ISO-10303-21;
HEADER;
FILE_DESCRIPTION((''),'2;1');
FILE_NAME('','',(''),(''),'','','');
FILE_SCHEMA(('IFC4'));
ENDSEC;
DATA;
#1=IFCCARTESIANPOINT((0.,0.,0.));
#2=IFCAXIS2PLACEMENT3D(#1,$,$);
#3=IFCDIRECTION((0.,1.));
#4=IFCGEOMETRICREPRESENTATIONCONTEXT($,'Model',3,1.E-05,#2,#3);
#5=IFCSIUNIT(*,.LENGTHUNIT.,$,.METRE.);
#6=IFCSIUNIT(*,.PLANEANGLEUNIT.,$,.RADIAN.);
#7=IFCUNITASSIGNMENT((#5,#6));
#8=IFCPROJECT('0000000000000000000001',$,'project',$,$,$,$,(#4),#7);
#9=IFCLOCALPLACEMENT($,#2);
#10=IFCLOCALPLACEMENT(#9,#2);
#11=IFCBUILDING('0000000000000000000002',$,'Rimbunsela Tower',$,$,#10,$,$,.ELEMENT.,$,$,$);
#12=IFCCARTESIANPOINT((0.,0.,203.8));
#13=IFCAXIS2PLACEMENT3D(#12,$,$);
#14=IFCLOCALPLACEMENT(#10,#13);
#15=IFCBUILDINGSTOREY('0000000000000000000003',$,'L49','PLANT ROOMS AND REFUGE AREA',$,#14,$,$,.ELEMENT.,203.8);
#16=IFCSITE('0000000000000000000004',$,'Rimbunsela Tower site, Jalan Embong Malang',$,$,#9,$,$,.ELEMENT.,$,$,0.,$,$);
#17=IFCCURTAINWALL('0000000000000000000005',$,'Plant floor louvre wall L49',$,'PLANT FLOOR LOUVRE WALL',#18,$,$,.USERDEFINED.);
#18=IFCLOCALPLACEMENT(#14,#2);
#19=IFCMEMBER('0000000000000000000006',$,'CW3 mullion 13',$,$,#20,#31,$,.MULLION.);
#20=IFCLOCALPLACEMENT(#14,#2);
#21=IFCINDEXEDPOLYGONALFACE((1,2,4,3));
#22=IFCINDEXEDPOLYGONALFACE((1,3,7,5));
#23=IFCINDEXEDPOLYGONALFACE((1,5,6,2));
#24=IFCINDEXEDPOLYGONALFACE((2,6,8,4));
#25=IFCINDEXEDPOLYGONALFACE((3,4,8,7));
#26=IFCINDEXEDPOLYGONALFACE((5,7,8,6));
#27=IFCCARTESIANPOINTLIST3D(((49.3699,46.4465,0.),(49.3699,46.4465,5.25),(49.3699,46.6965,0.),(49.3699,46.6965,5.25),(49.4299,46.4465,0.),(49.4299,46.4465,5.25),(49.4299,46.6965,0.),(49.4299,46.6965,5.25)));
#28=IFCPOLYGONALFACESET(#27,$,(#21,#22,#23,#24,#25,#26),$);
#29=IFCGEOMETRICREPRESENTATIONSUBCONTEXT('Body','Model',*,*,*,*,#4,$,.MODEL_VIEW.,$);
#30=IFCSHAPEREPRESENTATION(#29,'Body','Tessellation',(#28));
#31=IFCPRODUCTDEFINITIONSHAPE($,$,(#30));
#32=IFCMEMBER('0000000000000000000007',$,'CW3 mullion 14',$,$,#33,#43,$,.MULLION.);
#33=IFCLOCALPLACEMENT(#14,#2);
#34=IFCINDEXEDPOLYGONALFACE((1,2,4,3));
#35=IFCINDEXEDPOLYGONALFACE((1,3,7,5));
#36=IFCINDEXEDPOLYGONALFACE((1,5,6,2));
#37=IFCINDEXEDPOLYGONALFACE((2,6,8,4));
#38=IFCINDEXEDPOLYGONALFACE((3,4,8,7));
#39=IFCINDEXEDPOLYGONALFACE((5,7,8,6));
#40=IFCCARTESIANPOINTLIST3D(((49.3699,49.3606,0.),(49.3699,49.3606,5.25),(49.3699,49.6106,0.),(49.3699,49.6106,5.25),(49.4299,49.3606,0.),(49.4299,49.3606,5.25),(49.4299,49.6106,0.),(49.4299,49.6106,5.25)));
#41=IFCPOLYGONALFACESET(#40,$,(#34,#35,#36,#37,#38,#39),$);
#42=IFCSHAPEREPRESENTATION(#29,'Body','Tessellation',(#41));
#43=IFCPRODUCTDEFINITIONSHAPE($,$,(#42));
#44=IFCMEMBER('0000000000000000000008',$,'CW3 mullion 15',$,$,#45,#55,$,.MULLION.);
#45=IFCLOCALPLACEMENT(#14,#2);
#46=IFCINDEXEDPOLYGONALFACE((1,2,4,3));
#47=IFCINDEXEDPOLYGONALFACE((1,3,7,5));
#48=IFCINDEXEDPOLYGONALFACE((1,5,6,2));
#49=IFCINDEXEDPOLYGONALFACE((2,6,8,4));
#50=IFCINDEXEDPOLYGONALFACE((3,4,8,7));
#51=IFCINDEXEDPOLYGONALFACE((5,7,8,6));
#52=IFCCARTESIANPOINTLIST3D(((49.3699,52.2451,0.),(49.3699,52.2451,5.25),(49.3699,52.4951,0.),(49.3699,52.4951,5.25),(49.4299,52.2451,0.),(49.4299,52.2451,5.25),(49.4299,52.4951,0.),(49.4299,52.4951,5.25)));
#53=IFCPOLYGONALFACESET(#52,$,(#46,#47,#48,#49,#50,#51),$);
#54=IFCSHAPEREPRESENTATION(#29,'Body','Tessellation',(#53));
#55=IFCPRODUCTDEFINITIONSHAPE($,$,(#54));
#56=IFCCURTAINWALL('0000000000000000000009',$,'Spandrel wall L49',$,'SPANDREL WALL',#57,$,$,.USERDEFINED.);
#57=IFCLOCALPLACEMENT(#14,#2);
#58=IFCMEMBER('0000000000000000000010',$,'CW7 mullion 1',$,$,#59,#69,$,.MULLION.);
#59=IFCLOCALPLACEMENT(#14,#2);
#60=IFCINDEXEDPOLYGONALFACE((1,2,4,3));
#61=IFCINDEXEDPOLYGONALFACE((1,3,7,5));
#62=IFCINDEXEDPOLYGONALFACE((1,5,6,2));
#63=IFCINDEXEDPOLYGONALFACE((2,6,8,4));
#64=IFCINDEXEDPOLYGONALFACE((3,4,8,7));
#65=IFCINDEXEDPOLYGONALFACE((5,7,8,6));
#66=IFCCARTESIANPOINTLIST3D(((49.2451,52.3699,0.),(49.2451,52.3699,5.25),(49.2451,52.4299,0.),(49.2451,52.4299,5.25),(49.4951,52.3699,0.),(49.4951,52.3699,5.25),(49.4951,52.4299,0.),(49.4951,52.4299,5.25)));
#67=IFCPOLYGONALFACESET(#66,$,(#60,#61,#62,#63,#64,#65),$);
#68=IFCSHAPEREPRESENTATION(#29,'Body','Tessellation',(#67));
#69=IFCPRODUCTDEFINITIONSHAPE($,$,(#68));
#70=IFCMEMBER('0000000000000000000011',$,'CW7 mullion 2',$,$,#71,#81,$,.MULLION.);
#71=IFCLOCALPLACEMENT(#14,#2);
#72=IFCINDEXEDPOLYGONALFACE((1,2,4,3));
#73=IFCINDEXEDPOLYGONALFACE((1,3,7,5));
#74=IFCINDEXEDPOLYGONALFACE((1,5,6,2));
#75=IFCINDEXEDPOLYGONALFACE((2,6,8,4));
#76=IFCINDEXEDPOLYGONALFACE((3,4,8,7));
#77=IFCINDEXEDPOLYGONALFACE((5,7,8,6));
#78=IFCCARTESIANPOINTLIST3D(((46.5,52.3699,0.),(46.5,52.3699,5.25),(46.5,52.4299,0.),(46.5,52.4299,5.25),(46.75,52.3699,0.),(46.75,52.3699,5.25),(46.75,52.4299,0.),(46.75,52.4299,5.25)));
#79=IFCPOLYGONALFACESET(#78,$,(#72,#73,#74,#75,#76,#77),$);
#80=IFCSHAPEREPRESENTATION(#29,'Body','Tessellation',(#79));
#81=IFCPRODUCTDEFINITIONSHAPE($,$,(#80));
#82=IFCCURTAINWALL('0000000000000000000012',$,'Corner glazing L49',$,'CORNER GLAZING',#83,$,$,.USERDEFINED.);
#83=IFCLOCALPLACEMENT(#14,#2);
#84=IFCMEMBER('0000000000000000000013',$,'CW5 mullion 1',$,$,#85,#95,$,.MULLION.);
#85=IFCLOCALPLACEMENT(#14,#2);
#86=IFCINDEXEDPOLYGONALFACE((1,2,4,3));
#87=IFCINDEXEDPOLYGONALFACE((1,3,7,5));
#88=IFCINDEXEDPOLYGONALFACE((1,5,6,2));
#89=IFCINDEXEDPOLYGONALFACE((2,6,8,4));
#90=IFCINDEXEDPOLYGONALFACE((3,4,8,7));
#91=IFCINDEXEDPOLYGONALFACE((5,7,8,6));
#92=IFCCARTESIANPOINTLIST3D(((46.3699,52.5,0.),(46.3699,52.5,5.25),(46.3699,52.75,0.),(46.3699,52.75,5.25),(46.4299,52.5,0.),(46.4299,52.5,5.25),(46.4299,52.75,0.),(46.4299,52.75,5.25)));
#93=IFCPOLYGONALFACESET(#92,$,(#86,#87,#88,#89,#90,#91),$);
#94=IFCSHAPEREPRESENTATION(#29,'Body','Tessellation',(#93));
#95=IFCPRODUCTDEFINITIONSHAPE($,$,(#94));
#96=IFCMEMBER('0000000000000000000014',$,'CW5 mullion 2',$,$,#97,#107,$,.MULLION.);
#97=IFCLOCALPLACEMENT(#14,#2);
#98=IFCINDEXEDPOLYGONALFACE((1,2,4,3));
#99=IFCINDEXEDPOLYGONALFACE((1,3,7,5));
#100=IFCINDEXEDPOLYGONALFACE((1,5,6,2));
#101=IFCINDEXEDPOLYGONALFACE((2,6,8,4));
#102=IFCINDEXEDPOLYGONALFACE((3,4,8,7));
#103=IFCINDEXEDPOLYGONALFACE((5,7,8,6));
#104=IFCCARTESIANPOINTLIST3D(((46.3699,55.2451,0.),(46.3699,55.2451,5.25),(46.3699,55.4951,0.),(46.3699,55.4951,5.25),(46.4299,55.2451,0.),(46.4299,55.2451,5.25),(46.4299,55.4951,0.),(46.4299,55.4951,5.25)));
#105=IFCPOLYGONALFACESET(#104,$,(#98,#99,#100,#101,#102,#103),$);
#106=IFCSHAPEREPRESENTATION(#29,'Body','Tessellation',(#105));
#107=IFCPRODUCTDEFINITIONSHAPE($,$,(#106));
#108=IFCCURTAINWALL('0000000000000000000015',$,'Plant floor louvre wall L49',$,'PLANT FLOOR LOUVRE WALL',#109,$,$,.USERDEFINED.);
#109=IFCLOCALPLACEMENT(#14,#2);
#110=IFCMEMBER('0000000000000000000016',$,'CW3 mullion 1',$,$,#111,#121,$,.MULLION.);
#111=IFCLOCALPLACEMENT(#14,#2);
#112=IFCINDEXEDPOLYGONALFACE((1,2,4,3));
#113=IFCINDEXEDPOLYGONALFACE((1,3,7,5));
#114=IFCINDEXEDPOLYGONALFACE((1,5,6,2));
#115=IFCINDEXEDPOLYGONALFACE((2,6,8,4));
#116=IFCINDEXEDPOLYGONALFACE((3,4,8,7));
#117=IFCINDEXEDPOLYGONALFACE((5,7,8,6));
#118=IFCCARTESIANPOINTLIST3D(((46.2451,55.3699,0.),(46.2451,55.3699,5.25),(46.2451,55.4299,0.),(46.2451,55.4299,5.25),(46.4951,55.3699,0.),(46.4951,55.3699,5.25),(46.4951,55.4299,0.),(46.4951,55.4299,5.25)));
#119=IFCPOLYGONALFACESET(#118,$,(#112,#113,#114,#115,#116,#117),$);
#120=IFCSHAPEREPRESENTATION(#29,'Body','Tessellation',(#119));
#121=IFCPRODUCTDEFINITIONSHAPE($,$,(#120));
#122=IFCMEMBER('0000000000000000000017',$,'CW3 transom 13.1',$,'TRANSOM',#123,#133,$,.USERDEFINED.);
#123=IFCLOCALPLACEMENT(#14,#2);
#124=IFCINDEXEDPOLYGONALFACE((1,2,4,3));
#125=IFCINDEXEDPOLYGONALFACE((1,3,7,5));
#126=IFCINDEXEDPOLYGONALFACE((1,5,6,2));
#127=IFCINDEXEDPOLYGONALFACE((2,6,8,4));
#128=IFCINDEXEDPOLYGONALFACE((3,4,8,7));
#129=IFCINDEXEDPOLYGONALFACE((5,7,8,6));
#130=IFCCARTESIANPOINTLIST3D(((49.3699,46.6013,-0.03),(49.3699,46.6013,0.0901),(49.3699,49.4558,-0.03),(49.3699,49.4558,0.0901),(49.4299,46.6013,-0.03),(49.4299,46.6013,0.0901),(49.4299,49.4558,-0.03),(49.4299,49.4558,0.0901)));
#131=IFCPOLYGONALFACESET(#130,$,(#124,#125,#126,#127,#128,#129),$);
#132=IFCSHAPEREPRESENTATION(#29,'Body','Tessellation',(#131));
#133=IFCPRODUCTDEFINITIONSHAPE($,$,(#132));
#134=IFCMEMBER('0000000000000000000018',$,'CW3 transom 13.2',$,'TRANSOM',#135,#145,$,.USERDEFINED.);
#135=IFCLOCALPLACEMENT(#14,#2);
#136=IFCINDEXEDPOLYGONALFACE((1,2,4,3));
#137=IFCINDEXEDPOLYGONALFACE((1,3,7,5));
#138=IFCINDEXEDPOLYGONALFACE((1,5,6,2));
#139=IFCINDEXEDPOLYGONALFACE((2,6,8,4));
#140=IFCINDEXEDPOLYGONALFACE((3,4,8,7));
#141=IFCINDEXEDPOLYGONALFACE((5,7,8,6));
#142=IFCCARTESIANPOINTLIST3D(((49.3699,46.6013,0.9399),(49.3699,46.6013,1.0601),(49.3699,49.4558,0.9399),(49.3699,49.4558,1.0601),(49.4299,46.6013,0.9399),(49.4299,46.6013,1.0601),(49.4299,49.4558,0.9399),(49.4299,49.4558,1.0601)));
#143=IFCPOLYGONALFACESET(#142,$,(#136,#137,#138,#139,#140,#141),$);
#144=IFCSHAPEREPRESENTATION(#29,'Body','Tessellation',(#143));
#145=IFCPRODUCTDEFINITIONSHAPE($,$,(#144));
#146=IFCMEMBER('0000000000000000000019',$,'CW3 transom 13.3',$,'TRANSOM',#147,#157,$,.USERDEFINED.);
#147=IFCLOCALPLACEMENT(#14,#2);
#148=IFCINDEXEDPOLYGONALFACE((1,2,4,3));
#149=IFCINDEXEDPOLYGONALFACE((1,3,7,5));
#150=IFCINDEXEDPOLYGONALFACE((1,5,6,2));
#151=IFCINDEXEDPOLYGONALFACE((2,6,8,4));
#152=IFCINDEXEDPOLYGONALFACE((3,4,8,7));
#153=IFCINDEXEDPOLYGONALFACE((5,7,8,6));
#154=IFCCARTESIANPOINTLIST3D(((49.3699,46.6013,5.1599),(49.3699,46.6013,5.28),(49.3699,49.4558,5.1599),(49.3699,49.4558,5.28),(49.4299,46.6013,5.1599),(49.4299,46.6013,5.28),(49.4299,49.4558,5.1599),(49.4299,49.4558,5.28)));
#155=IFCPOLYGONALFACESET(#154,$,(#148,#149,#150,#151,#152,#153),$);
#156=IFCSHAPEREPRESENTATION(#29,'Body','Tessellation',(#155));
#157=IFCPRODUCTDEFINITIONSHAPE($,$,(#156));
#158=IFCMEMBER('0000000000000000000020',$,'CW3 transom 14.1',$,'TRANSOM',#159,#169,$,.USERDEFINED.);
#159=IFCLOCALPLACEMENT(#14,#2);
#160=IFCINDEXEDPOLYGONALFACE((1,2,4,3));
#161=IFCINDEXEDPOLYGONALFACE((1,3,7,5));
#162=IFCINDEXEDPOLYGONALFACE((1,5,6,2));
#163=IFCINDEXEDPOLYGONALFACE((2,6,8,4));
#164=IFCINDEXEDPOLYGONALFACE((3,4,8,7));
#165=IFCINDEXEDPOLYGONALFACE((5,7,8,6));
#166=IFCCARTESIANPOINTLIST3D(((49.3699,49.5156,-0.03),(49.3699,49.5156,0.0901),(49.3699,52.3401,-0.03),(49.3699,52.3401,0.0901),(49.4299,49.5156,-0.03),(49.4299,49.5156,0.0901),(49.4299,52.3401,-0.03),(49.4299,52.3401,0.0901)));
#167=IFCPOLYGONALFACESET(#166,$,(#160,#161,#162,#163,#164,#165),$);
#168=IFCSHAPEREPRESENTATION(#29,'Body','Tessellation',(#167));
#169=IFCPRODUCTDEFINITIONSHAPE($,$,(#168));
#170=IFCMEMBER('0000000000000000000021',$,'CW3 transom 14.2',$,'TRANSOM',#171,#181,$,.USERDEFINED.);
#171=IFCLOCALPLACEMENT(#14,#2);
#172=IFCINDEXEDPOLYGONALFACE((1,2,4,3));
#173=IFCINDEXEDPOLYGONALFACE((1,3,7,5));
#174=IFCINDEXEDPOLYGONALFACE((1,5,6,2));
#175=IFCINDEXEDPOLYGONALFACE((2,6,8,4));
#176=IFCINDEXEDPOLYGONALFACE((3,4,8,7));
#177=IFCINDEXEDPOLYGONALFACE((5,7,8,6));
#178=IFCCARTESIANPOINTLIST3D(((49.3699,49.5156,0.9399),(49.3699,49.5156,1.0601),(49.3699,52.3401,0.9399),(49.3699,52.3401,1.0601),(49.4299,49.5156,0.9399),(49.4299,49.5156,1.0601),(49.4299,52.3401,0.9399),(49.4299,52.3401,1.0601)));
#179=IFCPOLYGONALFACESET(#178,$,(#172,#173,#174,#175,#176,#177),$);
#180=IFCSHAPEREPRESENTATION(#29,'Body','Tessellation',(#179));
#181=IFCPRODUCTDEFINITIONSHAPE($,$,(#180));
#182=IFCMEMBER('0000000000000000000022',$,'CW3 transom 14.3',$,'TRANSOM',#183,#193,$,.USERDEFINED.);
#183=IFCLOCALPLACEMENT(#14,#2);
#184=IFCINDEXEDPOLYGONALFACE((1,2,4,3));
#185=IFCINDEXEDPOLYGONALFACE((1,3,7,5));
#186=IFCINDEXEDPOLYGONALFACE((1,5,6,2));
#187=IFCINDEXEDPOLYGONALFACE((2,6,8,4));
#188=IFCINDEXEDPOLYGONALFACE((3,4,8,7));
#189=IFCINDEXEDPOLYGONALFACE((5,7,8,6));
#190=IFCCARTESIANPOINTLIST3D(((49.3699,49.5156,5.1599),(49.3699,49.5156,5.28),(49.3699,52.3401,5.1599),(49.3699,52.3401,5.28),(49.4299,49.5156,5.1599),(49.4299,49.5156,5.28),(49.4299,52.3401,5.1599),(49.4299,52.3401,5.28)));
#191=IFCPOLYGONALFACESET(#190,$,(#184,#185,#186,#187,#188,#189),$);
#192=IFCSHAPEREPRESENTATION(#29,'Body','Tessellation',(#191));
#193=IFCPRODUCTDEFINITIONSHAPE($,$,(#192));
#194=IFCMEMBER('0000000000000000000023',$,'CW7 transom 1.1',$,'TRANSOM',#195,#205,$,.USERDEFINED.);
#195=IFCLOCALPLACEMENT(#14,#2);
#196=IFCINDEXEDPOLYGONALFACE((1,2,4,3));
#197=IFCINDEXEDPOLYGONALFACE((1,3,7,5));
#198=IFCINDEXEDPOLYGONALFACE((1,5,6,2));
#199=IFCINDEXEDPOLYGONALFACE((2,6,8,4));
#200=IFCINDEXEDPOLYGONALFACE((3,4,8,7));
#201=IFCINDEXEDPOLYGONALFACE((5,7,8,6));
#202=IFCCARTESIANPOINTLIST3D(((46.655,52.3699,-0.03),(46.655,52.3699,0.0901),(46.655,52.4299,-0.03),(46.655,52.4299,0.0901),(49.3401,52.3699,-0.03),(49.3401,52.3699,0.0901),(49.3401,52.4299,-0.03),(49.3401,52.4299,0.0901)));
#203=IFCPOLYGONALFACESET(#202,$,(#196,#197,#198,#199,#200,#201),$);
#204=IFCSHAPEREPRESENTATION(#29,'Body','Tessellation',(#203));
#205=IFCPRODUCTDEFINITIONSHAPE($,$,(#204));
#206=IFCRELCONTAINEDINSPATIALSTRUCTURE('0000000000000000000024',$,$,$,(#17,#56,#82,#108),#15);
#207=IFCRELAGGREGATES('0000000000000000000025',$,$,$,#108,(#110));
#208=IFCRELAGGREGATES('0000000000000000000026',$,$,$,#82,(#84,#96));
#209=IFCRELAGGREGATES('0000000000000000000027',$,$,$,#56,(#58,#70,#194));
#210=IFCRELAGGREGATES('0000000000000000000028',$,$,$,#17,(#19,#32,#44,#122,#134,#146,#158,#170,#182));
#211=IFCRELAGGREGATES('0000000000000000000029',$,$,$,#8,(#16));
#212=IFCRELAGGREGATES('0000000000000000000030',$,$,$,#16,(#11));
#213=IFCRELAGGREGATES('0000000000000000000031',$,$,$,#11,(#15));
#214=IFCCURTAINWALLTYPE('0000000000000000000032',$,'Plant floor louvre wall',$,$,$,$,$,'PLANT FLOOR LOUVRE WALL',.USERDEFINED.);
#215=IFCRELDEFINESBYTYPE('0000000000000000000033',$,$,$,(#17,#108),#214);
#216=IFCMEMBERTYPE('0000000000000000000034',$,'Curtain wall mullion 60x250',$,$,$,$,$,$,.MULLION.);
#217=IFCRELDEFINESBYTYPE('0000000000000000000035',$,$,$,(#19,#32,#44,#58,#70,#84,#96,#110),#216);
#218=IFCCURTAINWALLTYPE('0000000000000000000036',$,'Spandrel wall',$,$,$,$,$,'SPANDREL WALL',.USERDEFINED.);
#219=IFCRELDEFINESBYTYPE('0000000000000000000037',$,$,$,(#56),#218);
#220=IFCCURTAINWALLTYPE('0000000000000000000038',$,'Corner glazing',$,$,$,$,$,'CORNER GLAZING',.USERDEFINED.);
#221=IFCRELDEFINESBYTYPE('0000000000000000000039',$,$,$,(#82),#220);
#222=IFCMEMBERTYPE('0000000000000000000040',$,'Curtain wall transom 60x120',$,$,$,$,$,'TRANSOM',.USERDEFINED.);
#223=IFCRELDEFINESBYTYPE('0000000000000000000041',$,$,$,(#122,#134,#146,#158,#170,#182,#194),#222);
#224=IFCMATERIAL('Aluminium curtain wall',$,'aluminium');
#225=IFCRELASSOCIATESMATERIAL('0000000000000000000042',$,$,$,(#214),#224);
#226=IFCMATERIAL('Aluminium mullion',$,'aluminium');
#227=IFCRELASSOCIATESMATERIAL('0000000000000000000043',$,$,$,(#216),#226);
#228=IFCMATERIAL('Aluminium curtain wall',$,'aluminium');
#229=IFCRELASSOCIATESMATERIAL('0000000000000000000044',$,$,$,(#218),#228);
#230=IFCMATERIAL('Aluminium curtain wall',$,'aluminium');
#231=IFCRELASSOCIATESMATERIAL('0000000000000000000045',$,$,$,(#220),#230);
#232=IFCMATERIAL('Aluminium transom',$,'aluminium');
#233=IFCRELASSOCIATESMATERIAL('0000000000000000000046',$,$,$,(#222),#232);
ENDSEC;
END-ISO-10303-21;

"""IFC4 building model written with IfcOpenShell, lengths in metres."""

from ifc_helpers import new_model, si_unit, direction, frame, origin, origin_2d, place, context, subcontext, project, spatial, rectangle, extrude, material, material_profile, profile_set, type_object, element, aggregate, save


model = new_model("IFC4")

# Units and contexts
model_context = context("Model", 3, precision=1e-05, world=origin(), true_north=direction((0.0, 1.0)))
body_context = subcontext(model_context, "Body", "Model", "MODEL_VIEW")
ifc_project = project(units=[si_unit("LENGTHUNIT", "METRE"), si_unit("PLANEANGLEUNIT", "RADIAN")], contexts=[model_context])

# Site, building, storey
site_placement = place(None, origin())
site = spatial("IfcSite", under=ifc_project, at=site_placement, Name="Rimbunsela Tower site, Jalan Embong Malang", CompositionType="ELEMENT", RefElevation=0.0)
building_placement = place(site_placement, origin())
building = spatial("IfcBuilding", under=site, at=building_placement, Name="Rimbunsela Tower", CompositionType="ELEMENT")
storey_placement = place(building_placement, frame((0.0, 0.0, 203.8)))
storey = spatial("IfcBuildingStorey", under=building, at=storey_placement, Name="L49", Description="PLANT ROOMS AND REFUGE AREA", CompositionType="ELEMENT", Elevation=203.8)

# Curtain walls, members
ifc_material_1 = material(Name="Aluminium curtain wall", Category="aluminium")
curtain_wall_type_1 = type_object("IfcCurtainWallType", Name="Plant floor louvre wall", ElementType="PLANT FLOOR LOUVRE WALL", PredefinedType="USERDEFINED", material=ifc_material_1)
curtain_wall_1_placement = place(storey_placement, origin())
curtain_wall_1 = element("IfcCurtainWall", 1, at=curtain_wall_1_placement, inside=storey, type_object=curtain_wall_type_1, Name="Plant floor louvre wall L49", ObjectType="PLANT FLOOR LOUVRE WALL", PredefinedType="USERDEFINED")
ifc_material_2 = material(Name="Aluminium mullion", Category="aluminium")
ifc_material_profile_1 = material_profile(ifc_material_2, rectangle(XDim=0.0601, YDim=0.25, at=origin_2d()), Name="Mullion 60x250")
ifc_profile_set_1 = profile_set([ifc_material_profile_1], Name="Aluminium mullion")
member_type_1 = type_object("IfcMemberType", Name="Curtain wall mullion 60x250", PredefinedType="MULLION", material=ifc_profile_set_1)
member_1_placement = place(storey_placement, frame((49.3999, 46.5715, 0.0), z_axis=(0.0, 0.0, 1.0), x_axis=(-1.0, 0.0, 0.0)))
member_1 = element("IfcMember", 2, at=member_1_placement, type_object=member_type_1, Name="CW3 mullion 13", PredefinedType="MULLION", context=body_context, shape_type="SweptSolid", body=[
    extrude(rectangle(XDim=0.0601, YDim=0.25, at=origin_2d()), origin(), (0.0, 0.0, 1.0), 5.25),
])
member_2_placement = place(storey_placement, frame((49.3999, 49.4856, 0.0), z_axis=(0.0, 0.0, 1.0), x_axis=(-1.0, 0.0, 0.0)))
member_2 = element("IfcMember", 3, at=member_2_placement, type_object=member_type_1, Name="CW3 mullion 14", PredefinedType="MULLION", context=body_context, shape_type="SweptSolid", body=[
    extrude(rectangle(XDim=0.0601, YDim=0.25, at=origin_2d()), origin(), (0.0, 0.0, 1.0), 5.25),
])
member_3_placement = place(storey_placement, frame((49.3999, 52.3701, 0.0), z_axis=(0.0, 0.0, 1.0), x_axis=(-1.0, 0.0, 0.0)))
member_3 = element("IfcMember", 4, at=member_3_placement, type_object=member_type_1, Name="CW3 mullion 15", PredefinedType="MULLION", context=body_context, shape_type="SweptSolid", body=[
    extrude(rectangle(XDim=0.0601, YDim=0.25, at=origin_2d()), origin(), (0.0, 0.0, 1.0), 5.25),
])
ifc_material_3 = material(Name="Aluminium curtain wall", Category="aluminium")
curtain_wall_type_2 = type_object("IfcCurtainWallType", Name="Spandrel wall", ElementType="SPANDREL WALL", PredefinedType="USERDEFINED", material=ifc_material_3)
curtain_wall_2_placement = place(storey_placement, origin())
curtain_wall_2 = element("IfcCurtainWall", 5, at=curtain_wall_2_placement, inside=storey, type_object=curtain_wall_type_2, Name="Spandrel wall L49", ObjectType="SPANDREL WALL", PredefinedType="USERDEFINED")
member_4_placement = place(storey_placement, frame((49.3701, 52.3999, 0.0), z_axis=(0.0, 0.0, 1.0), x_axis=(0.0, -1.0, 0.0)))
member_4 = element("IfcMember", 6, at=member_4_placement, type_object=member_type_1, Name="CW7 mullion 1", PredefinedType="MULLION", context=body_context, shape_type="SweptSolid", body=[
    extrude(rectangle(XDim=0.0601, YDim=0.25, at=origin_2d()), origin(), (0.0, 0.0, 1.0), 5.25),
])
member_5_placement = place(storey_placement, frame((46.625, 52.3999, 0.0), z_axis=(0.0, 0.0, 1.0), x_axis=(0.0, -1.0, 0.0)))
member_5 = element("IfcMember", 7, at=member_5_placement, type_object=member_type_1, Name="CW7 mullion 2", PredefinedType="MULLION", context=body_context, shape_type="SweptSolid", body=[
    extrude(rectangle(XDim=0.0601, YDim=0.25, at=origin_2d()), origin(), (0.0, 0.0, 1.0), 5.25),
])
ifc_material_4 = material(Name="Aluminium curtain wall", Category="aluminium")
curtain_wall_type_3 = type_object("IfcCurtainWallType", Name="Corner glazing", ElementType="CORNER GLAZING", PredefinedType="USERDEFINED", material=ifc_material_4)
curtain_wall_3_placement = place(storey_placement, origin())
curtain_wall_3 = element("IfcCurtainWall", 8, at=curtain_wall_3_placement, inside=storey, type_object=curtain_wall_type_3, Name="Corner glazing L49", ObjectType="CORNER GLAZING", PredefinedType="USERDEFINED")
member_6_placement = place(storey_placement, frame((46.3999, 52.625, 0.0), z_axis=(0.0, 0.0, 1.0), x_axis=(-1.0, 0.0, 0.0)))
member_6 = element("IfcMember", 9, at=member_6_placement, type_object=member_type_1, Name="CW5 mullion 1", PredefinedType="MULLION", context=body_context, shape_type="SweptSolid", body=[
    extrude(rectangle(XDim=0.0601, YDim=0.25, at=origin_2d()), origin(), (0.0, 0.0, 1.0), 5.25),
])
member_7_placement = place(storey_placement, frame((46.3999, 55.3701, 0.0), z_axis=(0.0, 0.0, 1.0), x_axis=(-1.0, 0.0, 0.0)))
member_7 = element("IfcMember", 10, at=member_7_placement, type_object=member_type_1, Name="CW5 mullion 2", PredefinedType="MULLION", context=body_context, shape_type="SweptSolid", body=[
    extrude(rectangle(XDim=0.0601, YDim=0.25, at=origin_2d()), origin(), (0.0, 0.0, 1.0), 5.25),
])

# Curtain wall, member
curtain_wall_4_placement = place(storey_placement, origin())
curtain_wall_4 = element("IfcCurtainWall", 11, at=curtain_wall_4_placement, inside=storey, type_object=curtain_wall_type_1, Name="Plant floor louvre wall L49", ObjectType="PLANT FLOOR LOUVRE WALL", PredefinedType="USERDEFINED")
member_8_placement = place(storey_placement, frame((46.3701, 55.3999, 0.0), z_axis=(0.0, 0.0, 1.0), x_axis=(0.0, -1.0, 0.0)))
member_8 = element("IfcMember", 12, at=member_8_placement, type_object=member_type_1, Name="CW3 mullion 1", PredefinedType="MULLION", context=body_context, shape_type="SweptSolid", body=[
    extrude(rectangle(XDim=0.0601, YDim=0.25, at=origin_2d()), origin(), (0.0, 0.0, 1.0), 5.25),
])

# Members
ifc_material_5 = material(Name="Aluminium transom", Category="aluminium")
ifc_material_profile_2 = material_profile(ifc_material_5, rectangle(XDim=0.0601, YDim=0.1201, at=origin_2d()), Name="Transom 60x120")
ifc_profile_set_2 = profile_set([ifc_material_profile_2], Name="Aluminium transom")
member_type_2 = type_object("IfcMemberType", Name="Curtain wall transom 60x120", ElementType="TRANSOM", PredefinedType="USERDEFINED", material=ifc_profile_set_2)
member_9_placement = place(storey_placement, frame((49.3999, 46.6013, 0.03), z_axis=(0.0, 1.0, 0.0), x_axis=(-1.0, 0.0, 0.0)))
member_9 = element("IfcMember", 13, at=member_9_placement, type_object=member_type_2, Name="CW3 transom 13.1", ObjectType="TRANSOM", PredefinedType="USERDEFINED", context=body_context, shape_type="SweptSolid", body=[
    extrude(rectangle(XDim=0.0601, YDim=0.1201, at=origin_2d()), origin(), (0.0, 0.0, 1.0), 2.8545),
])
member_10_placement = place(storey_placement, frame((49.3999, 46.6013, 1.0), z_axis=(0.0, 1.0, 0.0), x_axis=(-1.0, 0.0, 0.0)))
member_10 = element("IfcMember", 14, at=member_10_placement, type_object=member_type_2, Name="CW3 transom 13.2", ObjectType="TRANSOM", PredefinedType="USERDEFINED", context=body_context, shape_type="SweptSolid", body=[
    extrude(rectangle(XDim=0.0601, YDim=0.1201, at=origin_2d()), origin(), (0.0, 0.0, 1.0), 2.8545),
])
member_11_placement = place(storey_placement, frame((49.3999, 46.6013, 5.22), z_axis=(0.0, 1.0, 0.0), x_axis=(-1.0, 0.0, 0.0)))
member_11 = element("IfcMember", 15, at=member_11_placement, type_object=member_type_2, Name="CW3 transom 13.3", ObjectType="TRANSOM", PredefinedType="USERDEFINED", context=body_context, shape_type="SweptSolid", body=[
    extrude(rectangle(XDim=0.0601, YDim=0.1201, at=origin_2d()), origin(), (0.0, 0.0, 1.0), 2.8545),
])
member_12_placement = place(storey_placement, frame((49.3999, 49.5156, 0.03), z_axis=(0.0, 1.0, 0.0), x_axis=(-1.0, 0.0, 0.0)))
member_12 = element("IfcMember", 16, at=member_12_placement, type_object=member_type_2, Name="CW3 transom 14.1", ObjectType="TRANSOM", PredefinedType="USERDEFINED", context=body_context, shape_type="SweptSolid", body=[
    extrude(rectangle(XDim=0.0601, YDim=0.1201, at=origin_2d()), origin(), (0.0, 0.0, 1.0), 2.8245),
])
member_13_placement = place(storey_placement, frame((49.3999, 49.5156, 1.0), z_axis=(0.0, 1.0, 0.0), x_axis=(-1.0, 0.0, 0.0)))
member_13 = element("IfcMember", 17, at=member_13_placement, type_object=member_type_2, Name="CW3 transom 14.2", ObjectType="TRANSOM", PredefinedType="USERDEFINED", context=body_context, shape_type="SweptSolid", body=[
    extrude(rectangle(XDim=0.0601, YDim=0.1201, at=origin_2d()), origin(), (0.0, 0.0, 1.0), 2.8245),
])
member_14_placement = place(storey_placement, frame((49.3999, 49.5156, 5.22), z_axis=(0.0, 1.0, 0.0), x_axis=(-1.0, 0.0, 0.0)))
member_14 = element("IfcMember", 18, at=member_14_placement, type_object=member_type_2, Name="CW3 transom 14.3", ObjectType="TRANSOM", PredefinedType="USERDEFINED", context=body_context, shape_type="SweptSolid", body=[
    extrude(rectangle(XDim=0.0601, YDim=0.1201, at=origin_2d()), origin(), (0.0, 0.0, 1.0), 2.8245),
])
member_15_placement = place(storey_placement, frame((49.3401, 52.3999, 0.03), z_axis=(-1.0, 0.0, 0.0), x_axis=(0.0, -1.0, 0.0)))
member_15 = element("IfcMember", 19, at=member_15_placement, type_object=member_type_2, Name="CW7 transom 1.1", ObjectType="TRANSOM", PredefinedType="USERDEFINED", context=body_context, shape_type="SweptSolid", body=[
    extrude(rectangle(XDim=0.0601, YDim=0.1201, at=origin_2d()), origin(), (0.0, 0.0, 1.0), 2.6851),
])
aggregate(curtain_wall_4, [member_8])

aggregate(curtain_wall_3, [member_6, member_7])
aggregate(curtain_wall_2, [member_4, member_5, member_15])
aggregate(curtain_wall_1, [member_1, member_2, member_3, member_9, member_10, member_11, member_12, member_13, member_14])

save(model, "model.ifc")
